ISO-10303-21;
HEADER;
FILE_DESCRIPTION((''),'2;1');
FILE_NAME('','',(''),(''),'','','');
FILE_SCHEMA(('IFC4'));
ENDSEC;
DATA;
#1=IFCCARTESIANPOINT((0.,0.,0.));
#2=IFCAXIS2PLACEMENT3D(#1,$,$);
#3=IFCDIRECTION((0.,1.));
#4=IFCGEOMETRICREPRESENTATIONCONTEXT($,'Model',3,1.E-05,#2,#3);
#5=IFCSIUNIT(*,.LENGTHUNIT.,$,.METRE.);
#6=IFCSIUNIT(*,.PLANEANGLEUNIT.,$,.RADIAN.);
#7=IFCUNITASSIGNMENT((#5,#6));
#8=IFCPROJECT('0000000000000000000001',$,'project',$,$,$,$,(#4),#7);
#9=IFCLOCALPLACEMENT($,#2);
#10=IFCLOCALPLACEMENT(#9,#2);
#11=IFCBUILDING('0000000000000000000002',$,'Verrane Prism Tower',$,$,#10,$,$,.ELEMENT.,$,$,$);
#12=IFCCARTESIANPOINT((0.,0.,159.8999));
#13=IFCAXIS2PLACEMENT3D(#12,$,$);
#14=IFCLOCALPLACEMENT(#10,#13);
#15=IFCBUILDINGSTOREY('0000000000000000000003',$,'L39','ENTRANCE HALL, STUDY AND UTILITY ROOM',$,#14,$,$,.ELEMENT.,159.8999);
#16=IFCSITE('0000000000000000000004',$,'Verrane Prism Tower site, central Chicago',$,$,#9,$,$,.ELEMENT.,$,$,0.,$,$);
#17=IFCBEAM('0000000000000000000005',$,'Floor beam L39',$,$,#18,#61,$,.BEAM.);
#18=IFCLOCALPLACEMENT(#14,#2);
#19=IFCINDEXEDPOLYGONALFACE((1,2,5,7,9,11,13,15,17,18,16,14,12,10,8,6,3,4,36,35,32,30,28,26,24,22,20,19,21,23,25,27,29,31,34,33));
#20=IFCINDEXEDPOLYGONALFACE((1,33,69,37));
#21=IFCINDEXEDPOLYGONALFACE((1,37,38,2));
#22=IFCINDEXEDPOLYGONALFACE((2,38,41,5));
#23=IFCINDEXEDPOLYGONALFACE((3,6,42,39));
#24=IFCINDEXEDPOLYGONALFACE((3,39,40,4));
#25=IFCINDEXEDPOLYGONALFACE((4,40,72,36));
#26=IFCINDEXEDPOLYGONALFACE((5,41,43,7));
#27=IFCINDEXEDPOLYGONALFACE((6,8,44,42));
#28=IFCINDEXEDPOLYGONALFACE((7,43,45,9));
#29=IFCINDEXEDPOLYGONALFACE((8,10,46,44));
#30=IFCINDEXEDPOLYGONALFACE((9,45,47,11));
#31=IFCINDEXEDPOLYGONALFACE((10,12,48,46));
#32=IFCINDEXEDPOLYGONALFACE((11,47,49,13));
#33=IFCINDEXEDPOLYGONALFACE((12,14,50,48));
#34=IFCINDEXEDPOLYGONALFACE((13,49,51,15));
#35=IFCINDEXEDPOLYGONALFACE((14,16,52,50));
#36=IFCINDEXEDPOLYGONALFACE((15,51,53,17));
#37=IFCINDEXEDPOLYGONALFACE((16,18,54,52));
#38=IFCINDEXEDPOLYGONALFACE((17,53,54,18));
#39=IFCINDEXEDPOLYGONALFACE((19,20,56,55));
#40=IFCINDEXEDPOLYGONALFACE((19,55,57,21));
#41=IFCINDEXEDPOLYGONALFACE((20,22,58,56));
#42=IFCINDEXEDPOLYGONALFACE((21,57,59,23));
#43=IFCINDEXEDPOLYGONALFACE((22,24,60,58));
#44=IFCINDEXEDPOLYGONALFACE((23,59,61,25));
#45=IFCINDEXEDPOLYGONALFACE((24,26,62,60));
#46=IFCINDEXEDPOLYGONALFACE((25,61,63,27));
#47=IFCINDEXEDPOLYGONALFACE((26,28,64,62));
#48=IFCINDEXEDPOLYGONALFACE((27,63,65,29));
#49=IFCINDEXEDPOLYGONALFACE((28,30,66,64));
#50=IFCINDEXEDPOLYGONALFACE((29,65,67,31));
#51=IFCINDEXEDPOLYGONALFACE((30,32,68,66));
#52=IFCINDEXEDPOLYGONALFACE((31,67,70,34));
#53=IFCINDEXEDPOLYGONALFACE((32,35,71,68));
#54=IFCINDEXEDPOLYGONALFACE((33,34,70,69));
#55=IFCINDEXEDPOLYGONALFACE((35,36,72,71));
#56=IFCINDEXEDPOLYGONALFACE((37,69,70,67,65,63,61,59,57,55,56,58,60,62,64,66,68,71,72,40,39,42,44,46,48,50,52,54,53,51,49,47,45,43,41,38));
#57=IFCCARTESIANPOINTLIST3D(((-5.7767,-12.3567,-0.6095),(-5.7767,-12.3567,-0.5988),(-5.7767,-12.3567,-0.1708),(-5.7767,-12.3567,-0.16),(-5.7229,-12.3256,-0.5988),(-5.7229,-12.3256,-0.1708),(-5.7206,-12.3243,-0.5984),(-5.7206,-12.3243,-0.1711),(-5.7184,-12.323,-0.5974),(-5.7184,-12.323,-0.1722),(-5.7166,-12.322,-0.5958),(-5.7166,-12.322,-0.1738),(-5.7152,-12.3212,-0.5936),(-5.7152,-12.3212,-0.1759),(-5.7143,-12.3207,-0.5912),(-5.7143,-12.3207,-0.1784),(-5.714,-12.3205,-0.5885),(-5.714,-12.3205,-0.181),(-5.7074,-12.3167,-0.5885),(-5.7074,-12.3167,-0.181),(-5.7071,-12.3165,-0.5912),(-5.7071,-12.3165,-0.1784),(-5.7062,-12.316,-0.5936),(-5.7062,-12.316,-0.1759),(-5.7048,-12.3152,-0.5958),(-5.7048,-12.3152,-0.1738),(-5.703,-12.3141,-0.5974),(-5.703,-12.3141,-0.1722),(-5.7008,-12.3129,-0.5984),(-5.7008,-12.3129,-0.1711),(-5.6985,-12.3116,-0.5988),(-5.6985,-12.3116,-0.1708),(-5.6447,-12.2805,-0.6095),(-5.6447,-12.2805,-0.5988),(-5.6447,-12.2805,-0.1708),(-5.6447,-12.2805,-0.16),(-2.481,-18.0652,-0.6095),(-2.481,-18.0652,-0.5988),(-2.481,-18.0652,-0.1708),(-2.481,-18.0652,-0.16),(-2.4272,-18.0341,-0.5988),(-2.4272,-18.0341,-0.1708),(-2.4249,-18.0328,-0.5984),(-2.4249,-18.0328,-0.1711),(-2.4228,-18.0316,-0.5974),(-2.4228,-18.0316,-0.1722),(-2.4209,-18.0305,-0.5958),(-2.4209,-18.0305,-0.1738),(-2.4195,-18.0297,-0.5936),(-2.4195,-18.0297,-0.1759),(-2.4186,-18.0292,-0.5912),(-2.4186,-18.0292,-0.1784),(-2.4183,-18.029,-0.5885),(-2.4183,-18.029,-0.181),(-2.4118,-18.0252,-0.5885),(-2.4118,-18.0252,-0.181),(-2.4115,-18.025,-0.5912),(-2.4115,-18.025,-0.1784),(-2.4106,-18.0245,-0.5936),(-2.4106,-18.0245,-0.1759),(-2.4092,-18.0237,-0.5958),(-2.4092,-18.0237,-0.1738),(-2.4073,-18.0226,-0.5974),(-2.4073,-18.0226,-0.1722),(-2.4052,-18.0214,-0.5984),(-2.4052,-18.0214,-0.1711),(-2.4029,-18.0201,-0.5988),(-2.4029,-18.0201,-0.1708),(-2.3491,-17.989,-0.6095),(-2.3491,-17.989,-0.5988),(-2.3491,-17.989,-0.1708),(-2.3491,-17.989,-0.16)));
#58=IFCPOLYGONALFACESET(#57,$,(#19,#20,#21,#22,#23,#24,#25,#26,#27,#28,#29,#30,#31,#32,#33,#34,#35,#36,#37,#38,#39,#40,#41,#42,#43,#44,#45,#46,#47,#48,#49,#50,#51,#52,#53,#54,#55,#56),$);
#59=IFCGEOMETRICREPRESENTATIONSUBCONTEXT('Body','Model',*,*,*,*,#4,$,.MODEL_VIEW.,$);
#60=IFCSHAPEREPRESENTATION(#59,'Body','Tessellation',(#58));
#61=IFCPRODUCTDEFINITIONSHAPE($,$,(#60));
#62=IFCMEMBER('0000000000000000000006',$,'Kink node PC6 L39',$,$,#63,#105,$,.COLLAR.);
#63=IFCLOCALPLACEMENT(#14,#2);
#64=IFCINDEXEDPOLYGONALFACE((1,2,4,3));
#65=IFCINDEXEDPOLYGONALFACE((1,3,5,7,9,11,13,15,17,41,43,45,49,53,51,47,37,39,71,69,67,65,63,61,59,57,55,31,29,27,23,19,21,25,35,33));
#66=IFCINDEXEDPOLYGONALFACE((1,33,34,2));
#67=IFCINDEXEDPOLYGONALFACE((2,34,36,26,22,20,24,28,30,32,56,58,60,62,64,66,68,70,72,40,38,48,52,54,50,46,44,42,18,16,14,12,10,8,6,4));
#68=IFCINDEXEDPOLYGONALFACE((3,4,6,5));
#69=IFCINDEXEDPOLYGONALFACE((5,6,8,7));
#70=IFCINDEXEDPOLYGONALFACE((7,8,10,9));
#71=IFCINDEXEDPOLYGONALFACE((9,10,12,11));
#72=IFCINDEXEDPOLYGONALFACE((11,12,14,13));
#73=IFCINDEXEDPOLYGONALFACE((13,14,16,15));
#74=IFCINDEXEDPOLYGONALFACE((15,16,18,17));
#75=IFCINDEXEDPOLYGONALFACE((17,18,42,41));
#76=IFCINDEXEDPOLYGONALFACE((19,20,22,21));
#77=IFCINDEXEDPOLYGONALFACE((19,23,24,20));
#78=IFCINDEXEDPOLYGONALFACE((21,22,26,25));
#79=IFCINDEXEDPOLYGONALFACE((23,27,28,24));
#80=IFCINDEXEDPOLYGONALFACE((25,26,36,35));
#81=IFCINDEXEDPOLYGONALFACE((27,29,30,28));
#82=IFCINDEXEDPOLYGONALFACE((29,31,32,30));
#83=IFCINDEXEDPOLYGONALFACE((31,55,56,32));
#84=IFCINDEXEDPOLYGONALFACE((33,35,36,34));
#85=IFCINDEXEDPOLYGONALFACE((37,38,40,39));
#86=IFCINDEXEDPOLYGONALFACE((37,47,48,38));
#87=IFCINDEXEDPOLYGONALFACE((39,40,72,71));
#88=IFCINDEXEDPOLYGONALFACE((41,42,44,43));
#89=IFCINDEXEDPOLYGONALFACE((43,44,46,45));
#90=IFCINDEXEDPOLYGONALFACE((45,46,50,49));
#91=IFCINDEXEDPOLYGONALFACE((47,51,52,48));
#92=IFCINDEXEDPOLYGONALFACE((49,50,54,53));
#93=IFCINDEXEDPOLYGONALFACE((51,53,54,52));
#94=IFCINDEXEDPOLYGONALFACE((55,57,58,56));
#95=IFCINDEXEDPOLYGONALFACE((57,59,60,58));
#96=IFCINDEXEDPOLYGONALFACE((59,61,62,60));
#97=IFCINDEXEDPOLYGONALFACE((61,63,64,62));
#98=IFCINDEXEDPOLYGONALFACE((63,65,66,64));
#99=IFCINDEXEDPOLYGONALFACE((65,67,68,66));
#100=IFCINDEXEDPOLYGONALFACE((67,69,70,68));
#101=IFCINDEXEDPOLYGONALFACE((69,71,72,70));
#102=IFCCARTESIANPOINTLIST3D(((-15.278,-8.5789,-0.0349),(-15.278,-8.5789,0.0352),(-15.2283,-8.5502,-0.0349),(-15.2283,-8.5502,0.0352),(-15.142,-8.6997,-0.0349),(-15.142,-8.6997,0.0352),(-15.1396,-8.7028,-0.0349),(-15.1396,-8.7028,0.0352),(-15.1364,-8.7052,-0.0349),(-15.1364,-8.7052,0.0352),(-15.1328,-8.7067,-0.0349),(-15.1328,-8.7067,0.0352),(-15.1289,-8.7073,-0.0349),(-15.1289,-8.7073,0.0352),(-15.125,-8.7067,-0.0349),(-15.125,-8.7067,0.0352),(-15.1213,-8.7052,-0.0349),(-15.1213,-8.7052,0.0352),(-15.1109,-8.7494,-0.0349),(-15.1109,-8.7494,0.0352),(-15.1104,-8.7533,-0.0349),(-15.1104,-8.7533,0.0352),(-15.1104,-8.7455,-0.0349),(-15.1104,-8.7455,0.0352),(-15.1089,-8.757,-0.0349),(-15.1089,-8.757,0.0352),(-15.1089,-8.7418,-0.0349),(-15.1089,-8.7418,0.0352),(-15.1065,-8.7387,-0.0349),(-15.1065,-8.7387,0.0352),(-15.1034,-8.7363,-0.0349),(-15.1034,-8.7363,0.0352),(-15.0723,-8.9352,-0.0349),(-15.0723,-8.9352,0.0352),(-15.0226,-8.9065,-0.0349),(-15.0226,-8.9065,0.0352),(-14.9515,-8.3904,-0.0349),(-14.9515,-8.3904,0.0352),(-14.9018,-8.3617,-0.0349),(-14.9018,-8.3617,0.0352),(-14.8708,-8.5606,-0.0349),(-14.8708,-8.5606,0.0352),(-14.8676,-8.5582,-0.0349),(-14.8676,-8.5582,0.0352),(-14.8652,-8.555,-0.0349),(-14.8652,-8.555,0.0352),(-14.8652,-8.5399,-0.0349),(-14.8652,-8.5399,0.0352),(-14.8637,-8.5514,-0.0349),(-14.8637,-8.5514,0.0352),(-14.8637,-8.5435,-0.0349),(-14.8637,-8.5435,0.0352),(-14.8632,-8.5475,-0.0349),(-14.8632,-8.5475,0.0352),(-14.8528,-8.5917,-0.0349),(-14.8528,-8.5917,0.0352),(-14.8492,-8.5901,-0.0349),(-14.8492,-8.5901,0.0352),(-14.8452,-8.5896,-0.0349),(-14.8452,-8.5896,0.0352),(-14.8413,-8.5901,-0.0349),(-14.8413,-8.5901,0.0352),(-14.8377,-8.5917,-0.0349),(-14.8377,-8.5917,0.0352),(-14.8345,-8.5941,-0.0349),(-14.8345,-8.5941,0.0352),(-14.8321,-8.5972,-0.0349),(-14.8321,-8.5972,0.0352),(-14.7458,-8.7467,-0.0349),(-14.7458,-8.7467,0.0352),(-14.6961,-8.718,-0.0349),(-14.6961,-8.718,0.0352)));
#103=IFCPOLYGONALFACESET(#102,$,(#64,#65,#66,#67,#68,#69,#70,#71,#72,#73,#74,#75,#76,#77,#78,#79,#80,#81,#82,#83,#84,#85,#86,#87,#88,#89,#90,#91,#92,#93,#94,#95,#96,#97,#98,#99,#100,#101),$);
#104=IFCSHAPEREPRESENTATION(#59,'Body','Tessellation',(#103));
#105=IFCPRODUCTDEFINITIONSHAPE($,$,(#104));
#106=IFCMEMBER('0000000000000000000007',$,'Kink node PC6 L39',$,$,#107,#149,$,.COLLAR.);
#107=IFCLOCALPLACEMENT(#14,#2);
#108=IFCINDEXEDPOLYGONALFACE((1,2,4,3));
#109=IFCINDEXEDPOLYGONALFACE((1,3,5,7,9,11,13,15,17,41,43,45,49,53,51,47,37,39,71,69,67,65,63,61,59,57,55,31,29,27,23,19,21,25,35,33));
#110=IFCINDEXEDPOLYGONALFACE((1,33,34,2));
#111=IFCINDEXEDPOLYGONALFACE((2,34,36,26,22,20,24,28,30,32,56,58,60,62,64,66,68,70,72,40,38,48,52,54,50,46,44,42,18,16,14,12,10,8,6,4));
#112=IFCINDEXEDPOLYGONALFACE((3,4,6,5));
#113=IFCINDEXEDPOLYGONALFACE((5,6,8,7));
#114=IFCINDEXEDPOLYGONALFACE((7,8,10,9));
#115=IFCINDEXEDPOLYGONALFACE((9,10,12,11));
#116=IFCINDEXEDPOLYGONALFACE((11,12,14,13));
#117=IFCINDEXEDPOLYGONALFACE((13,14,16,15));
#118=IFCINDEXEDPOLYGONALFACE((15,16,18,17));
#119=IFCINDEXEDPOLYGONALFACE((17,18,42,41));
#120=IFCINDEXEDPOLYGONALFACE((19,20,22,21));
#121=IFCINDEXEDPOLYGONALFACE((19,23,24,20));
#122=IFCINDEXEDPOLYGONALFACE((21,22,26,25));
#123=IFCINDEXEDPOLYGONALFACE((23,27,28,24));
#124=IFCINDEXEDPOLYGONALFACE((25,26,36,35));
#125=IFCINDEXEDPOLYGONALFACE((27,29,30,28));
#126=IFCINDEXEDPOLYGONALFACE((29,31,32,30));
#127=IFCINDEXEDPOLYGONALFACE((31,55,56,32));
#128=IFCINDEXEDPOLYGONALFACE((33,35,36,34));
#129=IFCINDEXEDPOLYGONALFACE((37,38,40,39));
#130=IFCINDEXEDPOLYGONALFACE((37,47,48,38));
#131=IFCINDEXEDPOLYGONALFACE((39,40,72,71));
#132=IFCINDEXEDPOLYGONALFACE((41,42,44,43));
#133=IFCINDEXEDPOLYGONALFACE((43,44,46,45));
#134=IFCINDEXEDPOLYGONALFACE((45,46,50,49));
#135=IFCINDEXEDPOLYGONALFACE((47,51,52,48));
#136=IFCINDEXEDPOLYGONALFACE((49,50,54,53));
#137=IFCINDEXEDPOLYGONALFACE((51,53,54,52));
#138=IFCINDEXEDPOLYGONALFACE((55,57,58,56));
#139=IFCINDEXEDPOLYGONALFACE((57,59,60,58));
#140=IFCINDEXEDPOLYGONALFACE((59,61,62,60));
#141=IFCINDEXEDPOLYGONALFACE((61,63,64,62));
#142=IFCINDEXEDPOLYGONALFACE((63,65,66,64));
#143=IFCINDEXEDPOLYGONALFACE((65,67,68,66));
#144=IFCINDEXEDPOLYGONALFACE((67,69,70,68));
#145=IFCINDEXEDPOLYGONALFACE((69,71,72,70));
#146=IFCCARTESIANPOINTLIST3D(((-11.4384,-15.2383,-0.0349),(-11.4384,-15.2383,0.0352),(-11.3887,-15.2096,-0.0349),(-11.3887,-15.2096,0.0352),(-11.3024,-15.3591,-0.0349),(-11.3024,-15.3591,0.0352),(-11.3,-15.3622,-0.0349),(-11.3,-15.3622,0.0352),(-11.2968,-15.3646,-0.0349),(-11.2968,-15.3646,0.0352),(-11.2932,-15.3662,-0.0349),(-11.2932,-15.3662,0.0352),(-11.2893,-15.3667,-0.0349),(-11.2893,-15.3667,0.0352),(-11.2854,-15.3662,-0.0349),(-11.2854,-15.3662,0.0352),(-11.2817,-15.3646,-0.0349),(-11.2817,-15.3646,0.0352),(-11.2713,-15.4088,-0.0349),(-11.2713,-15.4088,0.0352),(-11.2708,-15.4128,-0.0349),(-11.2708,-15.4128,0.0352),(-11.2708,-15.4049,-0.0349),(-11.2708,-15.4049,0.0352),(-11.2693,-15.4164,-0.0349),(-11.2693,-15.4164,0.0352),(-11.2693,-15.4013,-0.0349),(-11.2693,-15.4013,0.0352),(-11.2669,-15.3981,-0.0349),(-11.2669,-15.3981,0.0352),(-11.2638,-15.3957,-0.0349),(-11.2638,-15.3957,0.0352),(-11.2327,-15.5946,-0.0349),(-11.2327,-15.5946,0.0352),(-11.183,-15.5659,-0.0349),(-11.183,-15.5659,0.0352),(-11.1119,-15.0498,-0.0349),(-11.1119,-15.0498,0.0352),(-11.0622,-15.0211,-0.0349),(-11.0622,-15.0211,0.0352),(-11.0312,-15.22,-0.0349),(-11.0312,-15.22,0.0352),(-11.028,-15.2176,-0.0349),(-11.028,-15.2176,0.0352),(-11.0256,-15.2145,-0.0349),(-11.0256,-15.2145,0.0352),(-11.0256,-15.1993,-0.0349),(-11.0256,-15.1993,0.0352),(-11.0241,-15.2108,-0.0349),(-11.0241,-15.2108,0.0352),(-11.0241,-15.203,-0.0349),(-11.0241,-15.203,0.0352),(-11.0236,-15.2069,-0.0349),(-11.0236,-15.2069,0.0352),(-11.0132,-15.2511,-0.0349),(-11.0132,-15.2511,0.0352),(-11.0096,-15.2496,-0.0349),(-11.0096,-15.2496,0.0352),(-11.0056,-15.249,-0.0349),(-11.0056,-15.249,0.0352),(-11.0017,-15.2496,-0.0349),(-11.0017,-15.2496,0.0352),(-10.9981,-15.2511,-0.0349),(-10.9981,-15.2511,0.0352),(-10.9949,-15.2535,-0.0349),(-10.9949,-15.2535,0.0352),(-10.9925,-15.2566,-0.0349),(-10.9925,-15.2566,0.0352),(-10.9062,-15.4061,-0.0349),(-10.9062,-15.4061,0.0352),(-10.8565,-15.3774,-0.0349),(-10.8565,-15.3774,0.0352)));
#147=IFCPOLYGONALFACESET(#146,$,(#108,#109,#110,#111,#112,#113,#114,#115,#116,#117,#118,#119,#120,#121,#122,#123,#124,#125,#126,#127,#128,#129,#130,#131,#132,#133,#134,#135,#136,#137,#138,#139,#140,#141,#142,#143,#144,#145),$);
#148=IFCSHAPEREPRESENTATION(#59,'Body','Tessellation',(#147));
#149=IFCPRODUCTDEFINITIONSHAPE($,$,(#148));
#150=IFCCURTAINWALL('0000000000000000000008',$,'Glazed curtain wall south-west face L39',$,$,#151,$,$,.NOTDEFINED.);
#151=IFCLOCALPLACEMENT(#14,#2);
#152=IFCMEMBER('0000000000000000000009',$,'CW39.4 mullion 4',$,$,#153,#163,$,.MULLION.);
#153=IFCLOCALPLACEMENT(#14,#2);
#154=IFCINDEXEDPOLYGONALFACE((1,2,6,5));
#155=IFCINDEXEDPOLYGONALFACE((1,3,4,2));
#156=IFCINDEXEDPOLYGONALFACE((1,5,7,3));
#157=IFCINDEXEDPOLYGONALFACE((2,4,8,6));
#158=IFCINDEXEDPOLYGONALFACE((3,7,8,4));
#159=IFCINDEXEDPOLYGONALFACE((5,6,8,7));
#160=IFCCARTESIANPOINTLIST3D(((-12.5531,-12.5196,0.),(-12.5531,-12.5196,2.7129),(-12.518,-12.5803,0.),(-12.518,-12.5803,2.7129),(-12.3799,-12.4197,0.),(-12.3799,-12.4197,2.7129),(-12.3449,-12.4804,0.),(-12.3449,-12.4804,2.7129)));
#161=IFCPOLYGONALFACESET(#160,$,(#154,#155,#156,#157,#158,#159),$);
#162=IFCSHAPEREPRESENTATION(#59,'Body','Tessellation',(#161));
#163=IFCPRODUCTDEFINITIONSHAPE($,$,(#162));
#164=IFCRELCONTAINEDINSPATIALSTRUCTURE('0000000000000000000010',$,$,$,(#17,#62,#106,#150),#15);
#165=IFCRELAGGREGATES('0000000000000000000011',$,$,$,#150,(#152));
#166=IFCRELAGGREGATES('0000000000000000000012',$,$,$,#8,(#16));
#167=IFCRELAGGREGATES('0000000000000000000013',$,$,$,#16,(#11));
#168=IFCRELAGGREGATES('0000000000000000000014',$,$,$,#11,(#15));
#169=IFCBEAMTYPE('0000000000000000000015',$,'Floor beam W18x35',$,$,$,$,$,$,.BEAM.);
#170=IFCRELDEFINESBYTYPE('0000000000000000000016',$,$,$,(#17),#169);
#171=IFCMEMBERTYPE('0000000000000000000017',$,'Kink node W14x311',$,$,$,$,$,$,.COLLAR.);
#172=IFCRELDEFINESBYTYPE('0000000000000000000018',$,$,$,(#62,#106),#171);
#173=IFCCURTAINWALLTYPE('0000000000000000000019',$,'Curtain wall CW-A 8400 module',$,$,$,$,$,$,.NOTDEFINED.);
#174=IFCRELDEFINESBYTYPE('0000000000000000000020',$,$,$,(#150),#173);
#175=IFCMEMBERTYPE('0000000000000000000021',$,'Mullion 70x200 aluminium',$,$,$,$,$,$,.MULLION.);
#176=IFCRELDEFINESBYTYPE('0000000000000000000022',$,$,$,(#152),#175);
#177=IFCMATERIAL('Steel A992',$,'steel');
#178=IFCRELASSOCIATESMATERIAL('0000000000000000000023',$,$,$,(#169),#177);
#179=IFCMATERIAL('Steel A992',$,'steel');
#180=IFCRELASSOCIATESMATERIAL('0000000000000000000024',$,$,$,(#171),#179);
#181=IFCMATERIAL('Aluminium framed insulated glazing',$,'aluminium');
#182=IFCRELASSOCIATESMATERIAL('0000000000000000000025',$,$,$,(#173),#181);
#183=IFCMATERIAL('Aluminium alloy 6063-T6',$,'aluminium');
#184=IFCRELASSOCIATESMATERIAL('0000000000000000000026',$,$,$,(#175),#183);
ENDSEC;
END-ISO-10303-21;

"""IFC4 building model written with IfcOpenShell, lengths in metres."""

from ifc_helpers import new_model, si_unit, direction, frame, origin, origin_2d, place, context, subcontext, project, spatial, rectangle, i_section, extrude, material, material_profile, profile_set, type_object, element, aggregate, save


model = new_model("IFC4")

# Units and contexts
model_context = context("Model", 3, precision=1e-05, world=origin(), true_north=direction((0.0, 1.0)))
body_context = subcontext(model_context, "Body", "Model", "MODEL_VIEW")
ifc_project = project(units=[si_unit("LENGTHUNIT", "METRE"), si_unit("PLANEANGLEUNIT", "RADIAN")], contexts=[model_context])

# Site, building, storey
site_placement = place(None, origin())
site = spatial("IfcSite", under=ifc_project, at=site_placement, Name="Verrane Prism Tower site, central Chicago", CompositionType="ELEMENT", RefElevation=0.0)
building_placement = place(site_placement, origin())
building = spatial("IfcBuilding", under=site, at=building_placement, Name="Verrane Prism Tower", CompositionType="ELEMENT")
storey_placement = place(building_placement, frame((0.0, 0.0, 159.8999)))
storey = spatial("IfcBuildingStorey", under=building, at=storey_placement, Name="L39", Description="ENTRANCE HALL, STUDY AND UTILITY ROOM", CompositionType="ELEMENT", Elevation=159.8999)

# Beam
ifc_material_1 = material(Name="Steel A992", Category="steel")
ifc_material_profile_1 = material_profile(ifc_material_1, i_section(OverallWidth=0.1523, OverallDepth=0.4495, WebThickness=0.0076, FlangeThickness=0.0107, FilletRadius=0.0103, at=origin_2d()), Name="W18x35")
ifc_profile_set_1 = profile_set([ifc_material_profile_1], Name="Steel A992")
beam_type_1 = type_object("IfcBeamType", Name="Floor beam W18x35", PredefinedType="BEAM", material=ifc_profile_set_1)
beam_1_placement = place(storey_placement, frame((-2.415, -18.0271, -0.3848), z_axis=(-0.499983, 0.866035, 0.0), x_axis=(-0.866035, -0.499983, 0.0)))
element("IfcBeam", 1, at=beam_1_placement, inside=storey, type_object=beam_type_1, Name="Floor beam L39", PredefinedType="BEAM", context=body_context, shape_type="SweptSolid", body=[
    extrude(i_section(OverallWidth=0.1523, OverallDepth=0.4495, WebThickness=0.0076, FlangeThickness=0.0107, FilletRadius=0.0103, at=origin_2d()), origin(), (0.0, 0.0, 1.0), 6.5916),
])

# Members
ifc_material_2 = material(Name="Steel A992", Category="steel")
ifc_material_profile_2 = material_profile(ifc_material_2, i_section(OverallWidth=0.4114, OverallDepth=0.4343, WebThickness=0.0359, FlangeThickness=0.0574, FilletRadius=0.0151, at=origin_2d()), Name="W14x311")
ifc_profile_set_2 = profile_set([ifc_material_profile_2], Name="Steel A992")
member_type_1 = type_object("IfcMemberType", Name="Kink node W14x311", PredefinedType="COLLAR", material=ifc_profile_set_2)
for number, where, z_axis, x_axis, name in (
    (2, (-14.9871, -8.6484, -0.0349), (0.0, 0.0, 1.0), (-0.5, 0.866025, 0.0), "Kink node PC6 L39"),
    (3, (-11.1475, -15.3079, -0.0349), (0.0, 0.0, 1.0), (-0.5, 0.866025, 0.0), "Kink node PC6 L39"),
):
    element("IfcMember", number, at=place(storey_placement, frame(where, z_axis=z_axis, x_axis=x_axis)), inside=storey, type_object=member_type_1, Name=name, PredefinedType="COLLAR", context=body_context, shape_type="SweptSolid", body=[
        extrude(i_section(OverallWidth=0.4114, OverallDepth=0.4343, WebThickness=0.0359, FlangeThickness=0.0574, FilletRadius=0.0151, at=origin_2d()), origin(), (0.0, 0.0, 1.0), 0.0701),
    ])

# Curtain wall, member
ifc_material_3 = material(Name="Aluminium framed insulated glazing", Category="aluminium")
curtain_wall_type = type_object("IfcCurtainWallType", Name="Curtain wall CW-A 8400 module", PredefinedType="NOTDEFINED", material=ifc_material_3)
curtain_wall_placement = place(storey_placement, origin())
curtain_wall = element("IfcCurtainWall", 4, at=curtain_wall_placement, inside=storey, type_object=curtain_wall_type, Name="Glazed curtain wall south-west face L39", PredefinedType="NOTDEFINED")
ifc_material_4 = material(Name="Aluminium alloy 6063-T6", Category="aluminium")
ifc_material_profile_3 = material_profile(ifc_material_4, rectangle(XDim=0.2, YDim=0.0701, at=origin_2d()), Name="Mullion 70x200 aluminium")
ifc_profile_set_3 = profile_set([ifc_material_profile_3], Name="Aluminium alloy 6063-T6")
member_type_2 = type_object("IfcMemberType", Name="Mullion 70x200 aluminium", PredefinedType="MULLION", material=ifc_profile_set_3)
member_1_placement = place(storey_placement, frame((-12.449, -12.5, 0.0), z_axis=(0.0, 0.0, 1.0), x_axis=(0.866026, 0.499999, 0.0)))
member_1 = element("IfcMember", 5, at=member_1_placement, type_object=member_type_2, Name="CW39.4 mullion 4", PredefinedType="MULLION", context=body_context, shape_type="SweptSolid", body=[
    extrude(rectangle(XDim=0.2, YDim=0.0701, at=origin_2d()), origin(), (0.0, 0.0, 1.0), 2.7129),
])

aggregate(curtain_wall, [member_1])

save(model, "model.ifc")
